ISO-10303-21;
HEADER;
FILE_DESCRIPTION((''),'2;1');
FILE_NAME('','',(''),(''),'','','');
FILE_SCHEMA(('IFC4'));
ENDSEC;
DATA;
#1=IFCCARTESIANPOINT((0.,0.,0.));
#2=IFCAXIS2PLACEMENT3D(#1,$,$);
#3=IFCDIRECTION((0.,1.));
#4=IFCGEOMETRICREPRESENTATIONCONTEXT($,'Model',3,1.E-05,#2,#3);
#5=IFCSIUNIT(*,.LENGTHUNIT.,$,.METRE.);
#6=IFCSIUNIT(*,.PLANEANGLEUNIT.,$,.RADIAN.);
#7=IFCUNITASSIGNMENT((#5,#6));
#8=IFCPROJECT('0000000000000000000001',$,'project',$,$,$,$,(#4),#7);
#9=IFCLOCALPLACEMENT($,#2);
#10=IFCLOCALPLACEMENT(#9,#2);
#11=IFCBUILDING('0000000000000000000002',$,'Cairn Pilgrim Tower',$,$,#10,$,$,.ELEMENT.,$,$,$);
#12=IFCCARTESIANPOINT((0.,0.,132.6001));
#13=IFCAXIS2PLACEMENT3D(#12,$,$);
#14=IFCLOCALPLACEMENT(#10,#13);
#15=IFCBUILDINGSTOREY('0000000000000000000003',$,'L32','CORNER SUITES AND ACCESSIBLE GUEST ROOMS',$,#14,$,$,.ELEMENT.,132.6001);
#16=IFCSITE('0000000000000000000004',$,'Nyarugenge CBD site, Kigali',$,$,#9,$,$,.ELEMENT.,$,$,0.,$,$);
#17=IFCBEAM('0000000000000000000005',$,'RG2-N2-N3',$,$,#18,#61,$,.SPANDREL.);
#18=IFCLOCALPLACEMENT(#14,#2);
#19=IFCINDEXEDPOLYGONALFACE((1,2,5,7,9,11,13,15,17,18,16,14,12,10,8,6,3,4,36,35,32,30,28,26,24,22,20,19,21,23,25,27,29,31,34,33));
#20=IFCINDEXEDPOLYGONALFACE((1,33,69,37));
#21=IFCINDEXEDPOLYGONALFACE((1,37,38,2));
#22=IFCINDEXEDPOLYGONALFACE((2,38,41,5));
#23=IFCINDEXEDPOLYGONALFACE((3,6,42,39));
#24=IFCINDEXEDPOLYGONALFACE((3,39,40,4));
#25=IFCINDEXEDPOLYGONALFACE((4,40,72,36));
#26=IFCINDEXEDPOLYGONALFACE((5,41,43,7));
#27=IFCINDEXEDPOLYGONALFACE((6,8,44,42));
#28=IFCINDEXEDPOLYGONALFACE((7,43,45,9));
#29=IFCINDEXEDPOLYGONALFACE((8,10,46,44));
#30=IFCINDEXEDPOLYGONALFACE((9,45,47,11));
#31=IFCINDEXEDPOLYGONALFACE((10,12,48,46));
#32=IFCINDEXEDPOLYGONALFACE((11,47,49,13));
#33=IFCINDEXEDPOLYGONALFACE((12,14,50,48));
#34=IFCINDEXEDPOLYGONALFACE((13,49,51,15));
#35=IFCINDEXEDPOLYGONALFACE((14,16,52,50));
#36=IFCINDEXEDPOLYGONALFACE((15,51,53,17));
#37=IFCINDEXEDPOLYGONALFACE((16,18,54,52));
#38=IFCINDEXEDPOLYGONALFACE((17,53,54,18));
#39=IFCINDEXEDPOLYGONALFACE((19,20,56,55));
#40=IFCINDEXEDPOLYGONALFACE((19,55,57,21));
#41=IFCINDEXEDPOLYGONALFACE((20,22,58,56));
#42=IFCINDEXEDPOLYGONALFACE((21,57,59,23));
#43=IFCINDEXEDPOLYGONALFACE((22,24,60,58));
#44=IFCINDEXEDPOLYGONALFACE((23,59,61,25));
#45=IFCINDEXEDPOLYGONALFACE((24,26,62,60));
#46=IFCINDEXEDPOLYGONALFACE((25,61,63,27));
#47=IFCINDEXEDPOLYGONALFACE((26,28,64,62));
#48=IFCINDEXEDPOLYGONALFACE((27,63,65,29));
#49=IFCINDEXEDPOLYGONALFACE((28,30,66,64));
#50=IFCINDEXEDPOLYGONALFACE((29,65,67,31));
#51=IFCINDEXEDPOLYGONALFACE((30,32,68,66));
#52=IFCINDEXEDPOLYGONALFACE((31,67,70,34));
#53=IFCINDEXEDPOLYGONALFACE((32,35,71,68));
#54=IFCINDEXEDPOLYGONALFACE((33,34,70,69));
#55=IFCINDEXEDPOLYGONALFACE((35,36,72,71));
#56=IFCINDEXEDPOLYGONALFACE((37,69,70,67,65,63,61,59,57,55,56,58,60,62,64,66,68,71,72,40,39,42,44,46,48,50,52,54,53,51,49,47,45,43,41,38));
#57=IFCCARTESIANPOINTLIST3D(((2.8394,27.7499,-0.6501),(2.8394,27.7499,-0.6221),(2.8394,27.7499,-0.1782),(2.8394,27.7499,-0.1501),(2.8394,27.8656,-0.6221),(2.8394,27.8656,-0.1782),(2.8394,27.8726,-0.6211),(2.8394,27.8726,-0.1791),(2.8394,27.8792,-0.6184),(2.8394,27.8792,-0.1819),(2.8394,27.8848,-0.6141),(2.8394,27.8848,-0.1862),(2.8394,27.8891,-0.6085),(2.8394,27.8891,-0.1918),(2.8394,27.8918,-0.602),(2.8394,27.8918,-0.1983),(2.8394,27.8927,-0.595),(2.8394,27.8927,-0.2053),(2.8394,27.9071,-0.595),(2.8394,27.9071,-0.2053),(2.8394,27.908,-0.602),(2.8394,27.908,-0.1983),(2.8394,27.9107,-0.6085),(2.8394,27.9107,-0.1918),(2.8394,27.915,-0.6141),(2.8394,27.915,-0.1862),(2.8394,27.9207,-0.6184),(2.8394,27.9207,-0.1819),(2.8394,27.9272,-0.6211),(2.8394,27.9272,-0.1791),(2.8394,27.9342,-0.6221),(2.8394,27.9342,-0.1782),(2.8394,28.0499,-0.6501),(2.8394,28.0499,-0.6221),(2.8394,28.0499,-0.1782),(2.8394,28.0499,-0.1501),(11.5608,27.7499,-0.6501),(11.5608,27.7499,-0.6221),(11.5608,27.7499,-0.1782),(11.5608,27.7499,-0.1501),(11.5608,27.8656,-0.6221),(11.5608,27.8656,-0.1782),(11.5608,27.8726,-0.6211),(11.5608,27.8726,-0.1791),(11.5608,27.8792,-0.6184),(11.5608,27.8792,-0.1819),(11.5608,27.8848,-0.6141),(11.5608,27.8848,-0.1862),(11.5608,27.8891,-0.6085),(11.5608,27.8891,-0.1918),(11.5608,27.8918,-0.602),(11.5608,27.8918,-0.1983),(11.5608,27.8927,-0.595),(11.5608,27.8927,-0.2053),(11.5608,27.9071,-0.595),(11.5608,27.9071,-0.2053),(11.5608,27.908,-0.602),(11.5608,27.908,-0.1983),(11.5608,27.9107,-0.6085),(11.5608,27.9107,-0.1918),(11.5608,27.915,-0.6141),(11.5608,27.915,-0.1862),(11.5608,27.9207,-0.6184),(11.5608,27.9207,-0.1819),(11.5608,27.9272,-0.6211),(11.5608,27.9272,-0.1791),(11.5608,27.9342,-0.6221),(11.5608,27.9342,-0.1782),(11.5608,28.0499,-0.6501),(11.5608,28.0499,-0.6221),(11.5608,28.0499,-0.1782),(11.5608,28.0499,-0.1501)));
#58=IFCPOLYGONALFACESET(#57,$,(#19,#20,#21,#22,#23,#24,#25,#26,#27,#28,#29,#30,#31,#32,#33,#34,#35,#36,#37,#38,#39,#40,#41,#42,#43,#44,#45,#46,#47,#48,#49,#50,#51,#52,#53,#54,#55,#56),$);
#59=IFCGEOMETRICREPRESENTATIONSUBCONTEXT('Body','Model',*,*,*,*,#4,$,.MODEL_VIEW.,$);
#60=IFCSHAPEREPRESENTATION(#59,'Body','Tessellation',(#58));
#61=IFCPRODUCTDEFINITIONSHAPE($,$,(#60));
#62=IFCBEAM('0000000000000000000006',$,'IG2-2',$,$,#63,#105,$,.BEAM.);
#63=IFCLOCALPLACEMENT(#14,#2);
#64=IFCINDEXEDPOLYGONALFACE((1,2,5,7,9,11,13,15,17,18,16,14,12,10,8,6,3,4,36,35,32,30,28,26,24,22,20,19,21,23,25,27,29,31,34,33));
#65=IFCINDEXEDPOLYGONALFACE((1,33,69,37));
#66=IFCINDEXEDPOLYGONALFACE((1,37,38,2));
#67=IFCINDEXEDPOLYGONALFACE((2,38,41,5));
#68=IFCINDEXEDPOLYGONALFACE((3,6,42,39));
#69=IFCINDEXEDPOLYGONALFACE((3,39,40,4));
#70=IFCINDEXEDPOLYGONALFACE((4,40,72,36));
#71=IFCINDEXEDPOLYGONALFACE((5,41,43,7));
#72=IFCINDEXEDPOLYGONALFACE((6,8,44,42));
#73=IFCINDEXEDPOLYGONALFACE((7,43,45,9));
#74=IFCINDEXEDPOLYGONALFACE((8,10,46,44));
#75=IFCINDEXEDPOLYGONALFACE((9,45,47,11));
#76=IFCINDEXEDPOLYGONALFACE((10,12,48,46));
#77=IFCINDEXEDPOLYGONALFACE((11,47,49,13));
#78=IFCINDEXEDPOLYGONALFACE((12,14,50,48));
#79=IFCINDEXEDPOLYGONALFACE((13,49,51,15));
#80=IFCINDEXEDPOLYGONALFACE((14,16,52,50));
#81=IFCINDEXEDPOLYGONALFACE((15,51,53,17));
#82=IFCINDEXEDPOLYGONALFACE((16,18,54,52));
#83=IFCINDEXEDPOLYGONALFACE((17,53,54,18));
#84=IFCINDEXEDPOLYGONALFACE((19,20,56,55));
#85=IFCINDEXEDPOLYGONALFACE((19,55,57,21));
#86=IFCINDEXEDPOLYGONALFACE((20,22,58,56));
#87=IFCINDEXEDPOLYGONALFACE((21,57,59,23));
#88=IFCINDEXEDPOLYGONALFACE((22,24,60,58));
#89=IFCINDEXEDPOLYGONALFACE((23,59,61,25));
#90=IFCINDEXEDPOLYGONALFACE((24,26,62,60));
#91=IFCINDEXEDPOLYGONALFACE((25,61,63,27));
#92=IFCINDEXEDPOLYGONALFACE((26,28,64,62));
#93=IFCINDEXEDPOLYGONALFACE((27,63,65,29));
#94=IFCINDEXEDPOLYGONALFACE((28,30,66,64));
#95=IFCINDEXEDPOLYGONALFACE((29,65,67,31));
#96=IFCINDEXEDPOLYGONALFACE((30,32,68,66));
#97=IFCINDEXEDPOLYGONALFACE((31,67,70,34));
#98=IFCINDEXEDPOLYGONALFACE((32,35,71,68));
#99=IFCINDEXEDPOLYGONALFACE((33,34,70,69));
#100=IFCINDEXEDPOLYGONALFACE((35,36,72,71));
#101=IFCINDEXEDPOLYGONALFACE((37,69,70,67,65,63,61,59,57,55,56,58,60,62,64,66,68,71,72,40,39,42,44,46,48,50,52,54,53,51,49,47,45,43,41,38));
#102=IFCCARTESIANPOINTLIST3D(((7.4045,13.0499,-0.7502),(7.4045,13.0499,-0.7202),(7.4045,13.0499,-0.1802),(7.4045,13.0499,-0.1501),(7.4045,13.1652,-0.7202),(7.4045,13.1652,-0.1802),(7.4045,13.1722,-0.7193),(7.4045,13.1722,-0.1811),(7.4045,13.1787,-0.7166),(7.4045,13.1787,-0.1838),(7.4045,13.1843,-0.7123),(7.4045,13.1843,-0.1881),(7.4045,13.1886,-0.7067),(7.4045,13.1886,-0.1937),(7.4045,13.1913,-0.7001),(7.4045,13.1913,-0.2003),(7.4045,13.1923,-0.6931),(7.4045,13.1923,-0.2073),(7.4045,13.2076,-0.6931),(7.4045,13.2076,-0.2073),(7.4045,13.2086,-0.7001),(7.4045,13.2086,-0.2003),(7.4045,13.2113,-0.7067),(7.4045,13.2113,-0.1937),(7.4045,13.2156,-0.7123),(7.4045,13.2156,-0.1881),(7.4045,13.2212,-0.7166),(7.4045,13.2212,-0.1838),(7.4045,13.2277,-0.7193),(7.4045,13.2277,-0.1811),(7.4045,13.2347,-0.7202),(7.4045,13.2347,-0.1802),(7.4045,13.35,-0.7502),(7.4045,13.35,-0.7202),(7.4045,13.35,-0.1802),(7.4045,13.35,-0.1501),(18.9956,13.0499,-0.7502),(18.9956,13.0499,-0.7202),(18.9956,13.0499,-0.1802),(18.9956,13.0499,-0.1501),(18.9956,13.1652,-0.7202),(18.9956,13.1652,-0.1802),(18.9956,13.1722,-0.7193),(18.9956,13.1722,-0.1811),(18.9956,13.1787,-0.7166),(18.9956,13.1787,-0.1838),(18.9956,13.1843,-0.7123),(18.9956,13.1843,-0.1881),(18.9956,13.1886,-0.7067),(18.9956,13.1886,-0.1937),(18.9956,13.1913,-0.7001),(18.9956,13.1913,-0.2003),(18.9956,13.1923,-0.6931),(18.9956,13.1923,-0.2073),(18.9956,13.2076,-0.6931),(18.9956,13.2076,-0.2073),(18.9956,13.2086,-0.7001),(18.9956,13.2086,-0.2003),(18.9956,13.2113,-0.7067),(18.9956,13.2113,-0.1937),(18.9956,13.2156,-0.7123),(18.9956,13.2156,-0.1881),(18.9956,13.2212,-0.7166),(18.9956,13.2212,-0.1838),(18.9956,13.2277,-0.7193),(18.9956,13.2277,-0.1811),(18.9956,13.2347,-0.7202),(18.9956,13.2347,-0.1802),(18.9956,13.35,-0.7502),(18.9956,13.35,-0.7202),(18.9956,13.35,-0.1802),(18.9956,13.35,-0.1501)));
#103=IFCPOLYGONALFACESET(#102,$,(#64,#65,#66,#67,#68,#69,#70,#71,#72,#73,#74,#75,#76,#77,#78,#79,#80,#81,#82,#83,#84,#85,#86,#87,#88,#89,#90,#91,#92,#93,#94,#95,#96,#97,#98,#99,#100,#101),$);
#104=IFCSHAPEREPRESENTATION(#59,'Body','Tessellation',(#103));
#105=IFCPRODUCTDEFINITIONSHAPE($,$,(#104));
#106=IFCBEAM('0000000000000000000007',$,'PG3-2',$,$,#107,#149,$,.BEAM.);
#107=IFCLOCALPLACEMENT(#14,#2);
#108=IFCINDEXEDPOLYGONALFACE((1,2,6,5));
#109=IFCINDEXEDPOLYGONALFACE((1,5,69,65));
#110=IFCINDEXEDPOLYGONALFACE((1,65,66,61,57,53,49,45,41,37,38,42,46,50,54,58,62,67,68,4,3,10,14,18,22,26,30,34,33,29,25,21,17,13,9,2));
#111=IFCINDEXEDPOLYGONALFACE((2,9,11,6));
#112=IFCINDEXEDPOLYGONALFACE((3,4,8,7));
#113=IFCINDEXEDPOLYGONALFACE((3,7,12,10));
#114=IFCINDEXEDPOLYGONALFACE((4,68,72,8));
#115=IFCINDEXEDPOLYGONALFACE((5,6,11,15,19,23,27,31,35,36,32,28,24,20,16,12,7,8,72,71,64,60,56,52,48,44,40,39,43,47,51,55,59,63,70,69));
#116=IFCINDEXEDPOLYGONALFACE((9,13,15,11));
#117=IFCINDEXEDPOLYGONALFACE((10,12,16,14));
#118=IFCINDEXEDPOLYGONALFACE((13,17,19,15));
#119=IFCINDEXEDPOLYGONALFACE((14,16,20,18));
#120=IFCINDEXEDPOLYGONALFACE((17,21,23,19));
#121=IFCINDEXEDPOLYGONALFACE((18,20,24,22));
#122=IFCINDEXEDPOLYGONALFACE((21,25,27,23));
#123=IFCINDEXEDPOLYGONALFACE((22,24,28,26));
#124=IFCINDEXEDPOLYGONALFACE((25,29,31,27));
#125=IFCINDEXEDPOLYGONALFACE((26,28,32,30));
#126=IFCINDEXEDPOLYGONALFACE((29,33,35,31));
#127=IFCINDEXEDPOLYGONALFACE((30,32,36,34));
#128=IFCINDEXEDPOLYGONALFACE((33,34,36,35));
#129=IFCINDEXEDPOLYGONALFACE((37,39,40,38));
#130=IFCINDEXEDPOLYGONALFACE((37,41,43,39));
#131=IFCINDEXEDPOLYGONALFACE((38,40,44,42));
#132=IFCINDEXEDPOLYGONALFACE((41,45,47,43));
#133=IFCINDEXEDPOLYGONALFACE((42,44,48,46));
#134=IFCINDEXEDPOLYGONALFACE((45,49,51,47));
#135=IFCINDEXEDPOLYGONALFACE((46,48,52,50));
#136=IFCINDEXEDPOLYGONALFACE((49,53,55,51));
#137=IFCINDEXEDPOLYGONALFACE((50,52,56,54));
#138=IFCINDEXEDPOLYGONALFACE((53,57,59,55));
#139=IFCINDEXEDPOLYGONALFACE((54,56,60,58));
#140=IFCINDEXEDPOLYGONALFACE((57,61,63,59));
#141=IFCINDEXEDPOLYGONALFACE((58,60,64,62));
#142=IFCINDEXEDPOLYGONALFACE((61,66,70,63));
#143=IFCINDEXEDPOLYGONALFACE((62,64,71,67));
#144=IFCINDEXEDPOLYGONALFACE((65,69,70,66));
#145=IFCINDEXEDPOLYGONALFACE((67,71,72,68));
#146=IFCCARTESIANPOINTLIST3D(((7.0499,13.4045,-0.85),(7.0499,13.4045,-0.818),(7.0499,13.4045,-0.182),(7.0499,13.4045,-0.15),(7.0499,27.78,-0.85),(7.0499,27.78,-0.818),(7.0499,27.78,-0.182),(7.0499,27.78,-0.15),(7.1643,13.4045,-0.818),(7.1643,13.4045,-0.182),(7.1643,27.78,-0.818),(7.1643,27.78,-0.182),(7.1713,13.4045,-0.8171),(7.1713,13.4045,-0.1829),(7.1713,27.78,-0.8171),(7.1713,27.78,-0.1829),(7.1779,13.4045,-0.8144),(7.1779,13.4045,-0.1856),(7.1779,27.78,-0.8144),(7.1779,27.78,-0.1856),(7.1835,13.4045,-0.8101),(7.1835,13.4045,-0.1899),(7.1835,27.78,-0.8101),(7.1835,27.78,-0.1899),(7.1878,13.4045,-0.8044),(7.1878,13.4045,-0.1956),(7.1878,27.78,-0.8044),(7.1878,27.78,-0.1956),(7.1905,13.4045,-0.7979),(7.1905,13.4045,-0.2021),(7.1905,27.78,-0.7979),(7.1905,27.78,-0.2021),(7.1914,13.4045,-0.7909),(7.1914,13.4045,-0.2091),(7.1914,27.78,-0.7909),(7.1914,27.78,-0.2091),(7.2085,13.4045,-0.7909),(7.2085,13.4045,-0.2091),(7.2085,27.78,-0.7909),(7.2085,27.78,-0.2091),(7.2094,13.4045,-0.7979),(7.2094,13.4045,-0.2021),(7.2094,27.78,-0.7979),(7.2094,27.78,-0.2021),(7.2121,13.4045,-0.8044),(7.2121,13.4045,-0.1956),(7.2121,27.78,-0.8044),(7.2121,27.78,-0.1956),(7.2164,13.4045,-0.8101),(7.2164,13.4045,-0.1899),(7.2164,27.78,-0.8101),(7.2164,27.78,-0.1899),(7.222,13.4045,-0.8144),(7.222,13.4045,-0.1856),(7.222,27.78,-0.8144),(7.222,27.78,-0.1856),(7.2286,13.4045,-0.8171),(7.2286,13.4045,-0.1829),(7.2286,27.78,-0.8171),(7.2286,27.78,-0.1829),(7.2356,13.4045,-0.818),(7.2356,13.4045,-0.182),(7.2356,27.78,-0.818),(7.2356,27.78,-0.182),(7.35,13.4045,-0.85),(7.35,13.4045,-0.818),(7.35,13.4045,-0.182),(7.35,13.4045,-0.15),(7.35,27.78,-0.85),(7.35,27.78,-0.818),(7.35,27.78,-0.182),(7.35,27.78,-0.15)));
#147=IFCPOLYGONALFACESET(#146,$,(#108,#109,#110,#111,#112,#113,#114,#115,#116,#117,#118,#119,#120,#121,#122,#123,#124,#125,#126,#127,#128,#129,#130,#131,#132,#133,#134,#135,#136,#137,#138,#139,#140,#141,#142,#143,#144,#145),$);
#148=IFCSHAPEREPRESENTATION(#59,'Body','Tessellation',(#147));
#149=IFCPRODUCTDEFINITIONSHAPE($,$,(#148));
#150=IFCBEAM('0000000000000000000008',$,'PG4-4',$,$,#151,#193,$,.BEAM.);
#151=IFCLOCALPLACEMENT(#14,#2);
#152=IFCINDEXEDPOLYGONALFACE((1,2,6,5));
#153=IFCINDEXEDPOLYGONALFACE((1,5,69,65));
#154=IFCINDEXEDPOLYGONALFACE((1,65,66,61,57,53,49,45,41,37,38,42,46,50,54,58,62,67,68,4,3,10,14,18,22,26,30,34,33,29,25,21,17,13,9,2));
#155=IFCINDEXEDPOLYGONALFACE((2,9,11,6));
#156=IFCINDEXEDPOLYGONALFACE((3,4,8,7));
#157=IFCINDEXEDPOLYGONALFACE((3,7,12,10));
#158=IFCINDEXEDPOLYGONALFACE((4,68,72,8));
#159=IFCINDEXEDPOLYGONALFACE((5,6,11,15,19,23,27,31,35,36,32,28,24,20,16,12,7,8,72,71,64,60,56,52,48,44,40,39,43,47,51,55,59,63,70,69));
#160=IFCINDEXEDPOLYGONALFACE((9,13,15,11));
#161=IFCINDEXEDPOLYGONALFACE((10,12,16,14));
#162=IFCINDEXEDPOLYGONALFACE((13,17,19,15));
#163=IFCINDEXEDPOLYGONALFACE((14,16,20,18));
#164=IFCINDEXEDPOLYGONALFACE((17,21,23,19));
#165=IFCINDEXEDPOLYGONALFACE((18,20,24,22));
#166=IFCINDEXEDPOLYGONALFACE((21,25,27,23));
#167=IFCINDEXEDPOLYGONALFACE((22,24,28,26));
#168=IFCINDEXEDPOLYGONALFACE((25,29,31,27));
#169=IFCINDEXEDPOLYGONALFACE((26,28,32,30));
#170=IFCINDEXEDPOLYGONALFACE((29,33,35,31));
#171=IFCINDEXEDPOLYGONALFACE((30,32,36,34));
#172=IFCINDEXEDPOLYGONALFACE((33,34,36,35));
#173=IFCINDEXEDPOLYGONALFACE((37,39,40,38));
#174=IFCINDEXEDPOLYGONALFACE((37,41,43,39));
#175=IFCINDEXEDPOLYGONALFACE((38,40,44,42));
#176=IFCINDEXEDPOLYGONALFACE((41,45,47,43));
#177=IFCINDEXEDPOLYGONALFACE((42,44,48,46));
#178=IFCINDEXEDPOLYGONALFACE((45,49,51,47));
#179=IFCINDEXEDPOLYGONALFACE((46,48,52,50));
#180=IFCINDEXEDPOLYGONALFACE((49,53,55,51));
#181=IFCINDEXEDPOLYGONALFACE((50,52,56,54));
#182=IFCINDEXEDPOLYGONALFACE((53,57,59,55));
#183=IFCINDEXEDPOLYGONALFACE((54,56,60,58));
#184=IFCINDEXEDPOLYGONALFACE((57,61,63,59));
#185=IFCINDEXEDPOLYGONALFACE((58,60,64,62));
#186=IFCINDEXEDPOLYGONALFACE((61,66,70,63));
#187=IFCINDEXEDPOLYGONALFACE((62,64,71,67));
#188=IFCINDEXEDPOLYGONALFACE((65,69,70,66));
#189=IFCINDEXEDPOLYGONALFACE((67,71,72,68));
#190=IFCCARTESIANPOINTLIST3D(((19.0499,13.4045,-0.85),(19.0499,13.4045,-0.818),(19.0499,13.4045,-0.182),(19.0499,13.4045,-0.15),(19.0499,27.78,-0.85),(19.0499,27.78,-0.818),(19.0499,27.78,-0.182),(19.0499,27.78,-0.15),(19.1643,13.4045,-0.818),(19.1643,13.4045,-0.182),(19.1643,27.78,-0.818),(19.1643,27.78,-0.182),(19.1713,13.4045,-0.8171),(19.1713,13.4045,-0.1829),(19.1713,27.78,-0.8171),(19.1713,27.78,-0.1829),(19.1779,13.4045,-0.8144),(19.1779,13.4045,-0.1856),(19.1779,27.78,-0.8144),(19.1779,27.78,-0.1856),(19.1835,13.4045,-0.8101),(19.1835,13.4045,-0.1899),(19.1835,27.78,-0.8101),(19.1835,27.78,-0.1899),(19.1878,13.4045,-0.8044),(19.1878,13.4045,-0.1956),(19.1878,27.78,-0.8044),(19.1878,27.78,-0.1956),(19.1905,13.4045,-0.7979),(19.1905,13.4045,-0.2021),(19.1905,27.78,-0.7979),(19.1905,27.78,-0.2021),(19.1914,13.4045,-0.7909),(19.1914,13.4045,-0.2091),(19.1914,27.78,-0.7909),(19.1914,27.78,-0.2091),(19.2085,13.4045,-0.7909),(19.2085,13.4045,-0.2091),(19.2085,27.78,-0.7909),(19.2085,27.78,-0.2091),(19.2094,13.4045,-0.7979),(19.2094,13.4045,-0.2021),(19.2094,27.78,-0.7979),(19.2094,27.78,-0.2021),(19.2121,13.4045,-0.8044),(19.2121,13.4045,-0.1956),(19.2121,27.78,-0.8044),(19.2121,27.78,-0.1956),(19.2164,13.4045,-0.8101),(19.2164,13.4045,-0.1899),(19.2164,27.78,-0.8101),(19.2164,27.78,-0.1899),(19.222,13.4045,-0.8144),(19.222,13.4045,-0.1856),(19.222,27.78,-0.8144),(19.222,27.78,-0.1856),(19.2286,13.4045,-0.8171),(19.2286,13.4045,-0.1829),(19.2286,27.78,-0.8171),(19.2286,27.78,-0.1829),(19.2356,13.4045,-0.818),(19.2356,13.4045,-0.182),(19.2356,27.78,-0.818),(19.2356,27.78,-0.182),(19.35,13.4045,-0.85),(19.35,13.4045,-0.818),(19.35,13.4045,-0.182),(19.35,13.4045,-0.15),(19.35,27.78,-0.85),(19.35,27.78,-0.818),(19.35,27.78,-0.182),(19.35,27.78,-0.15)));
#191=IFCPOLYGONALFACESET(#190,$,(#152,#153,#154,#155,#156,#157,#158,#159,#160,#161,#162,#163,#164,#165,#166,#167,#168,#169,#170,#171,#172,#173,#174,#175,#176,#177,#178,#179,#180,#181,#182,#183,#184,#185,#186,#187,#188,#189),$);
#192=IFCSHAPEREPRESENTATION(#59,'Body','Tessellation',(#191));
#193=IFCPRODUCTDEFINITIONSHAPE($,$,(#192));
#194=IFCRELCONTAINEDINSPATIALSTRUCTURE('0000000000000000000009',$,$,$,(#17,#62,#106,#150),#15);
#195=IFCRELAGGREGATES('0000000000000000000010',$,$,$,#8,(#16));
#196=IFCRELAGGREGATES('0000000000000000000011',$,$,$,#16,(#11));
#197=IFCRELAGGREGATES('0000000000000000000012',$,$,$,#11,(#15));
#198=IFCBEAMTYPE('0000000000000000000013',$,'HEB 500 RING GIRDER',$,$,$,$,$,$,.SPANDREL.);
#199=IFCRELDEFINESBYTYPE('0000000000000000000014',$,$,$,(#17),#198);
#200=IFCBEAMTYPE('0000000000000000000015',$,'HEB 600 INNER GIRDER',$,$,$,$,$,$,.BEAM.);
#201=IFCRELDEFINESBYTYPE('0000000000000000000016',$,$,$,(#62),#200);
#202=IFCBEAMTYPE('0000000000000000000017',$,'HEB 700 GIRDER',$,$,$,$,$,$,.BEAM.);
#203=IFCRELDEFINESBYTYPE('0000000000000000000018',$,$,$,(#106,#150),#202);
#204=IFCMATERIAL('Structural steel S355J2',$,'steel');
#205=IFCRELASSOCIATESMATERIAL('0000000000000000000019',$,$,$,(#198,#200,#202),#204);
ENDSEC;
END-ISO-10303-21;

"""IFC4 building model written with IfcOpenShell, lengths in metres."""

from ifc_helpers import new_model, si_unit, direction, frame, origin, origin_2d, place, context, subcontext, project, spatial, i_section, extrude, material, material_profile, profile_set, type_object, element, save


model = new_model("IFC4")

# Units and contexts
model_context = context("Model", 3, precision=1e-05, world=origin(), true_north=direction((0.0, 1.0)))
body_context = subcontext(model_context, "Body", "Model", "MODEL_VIEW")
ifc_project = project(units=[si_unit("LENGTHUNIT", "METRE"), si_unit("PLANEANGLEUNIT", "RADIAN")], contexts=[model_context])

# Site, building, storey
site_placement = place(None, origin())
site = spatial("IfcSite", under=ifc_project, at=site_placement, Name="Nyarugenge CBD site, Kigali", CompositionType="ELEMENT", RefElevation=0.0)
building_placement = place(site_placement, origin())
building = spatial("IfcBuilding", under=site, at=building_placement, Name="Cairn Pilgrim Tower", CompositionType="ELEMENT")
storey_placement = place(building_placement, frame((0.0, 0.0, 132.6001)))
storey = spatial("IfcBuildingStorey", under=building, at=storey_placement, Name="L32", Description="CORNER SUITES AND ACCESSIBLE GUEST ROOMS", CompositionType="ELEMENT", Elevation=132.6001)

# Beams
ifc_material_1 = material(Name="Structural steel S355J2", Category="steel")
ifc_material_profile_1 = material_profile(ifc_material_1, i_section(OverallWidth=0.3, OverallDepth=0.5, WebThickness=0.0144, FlangeThickness=0.0281, FilletRadius=0.0271, at=origin_2d()), Name="HEB 500")
ifc_profile_set_1 = profile_set([ifc_material_profile_1], Name="Structural steel S355J2")
beam_type_1 = type_object("IfcBeamType", Name="HEB 500 RING GIRDER", PredefinedType="SPANDREL", material=ifc_profile_set_1)
for number, where, z_axis, x_axis, name in (
    (1, (11.5608, 27.8999, -0.4001), (-1.0, 0.0, 0.0), (0.0, -1.0, 0.0), "RG2-N2-N3"),
):
    element("IfcBeam", number, at=place(storey_placement, frame(where, z_axis=z_axis, x_axis=x_axis)), inside=storey, type_object=beam_type_1, Name=name, PredefinedType="SPANDREL", context=body_context, shape_type="SweptSolid", body=[
        extrude(i_section(OverallWidth=0.3, OverallDepth=0.5, WebThickness=0.0144, FlangeThickness=0.0281, FilletRadius=0.0271, at=origin_2d()), origin(), (0.0, 0.0, 1.0), 8.7214),
    ])
ifc_material_profile_2 = material_profile(ifc_material_1, i_section(OverallWidth=0.3, OverallDepth=0.6001, WebThickness=0.0154, FlangeThickness=0.03, FilletRadius=0.0271, at=origin_2d()), Name="HEB 600")
ifc_profile_set_2 = profile_set([ifc_material_profile_2], Name="Structural steel S355J2")
beam_type_2 = type_object("IfcBeamType", Name="HEB 600 INNER GIRDER", PredefinedType="BEAM", material=ifc_profile_set_2)
beam_1_placement = place(storey_placement, frame((7.4045, 13.2, -0.4502), z_axis=(1.0, 0.0, 0.0), x_axis=(0.0, 1.0, 0.0)))
element("IfcBeam", 2, at=beam_1_placement, inside=storey, type_object=beam_type_2, Name="IG2-2", PredefinedType="BEAM", context=body_context, shape_type="SweptSolid", body=[
    extrude(i_section(OverallWidth=0.3, OverallDepth=0.6001, WebThickness=0.0154, FlangeThickness=0.03, FilletRadius=0.0271, at=origin_2d()), origin(), (0.0, 0.0, 1.0), 11.5911),
])
ifc_material_profile_3 = material_profile(ifc_material_1, i_section(OverallWidth=0.3, OverallDepth=0.7, WebThickness=0.0171, FlangeThickness=0.032, FilletRadius=0.0271, at=origin_2d()), Name="HEB 700")
ifc_profile_set_3 = profile_set([ifc_material_profile_3], Name="Structural steel S355J2")
beam_type_3 = type_object("IfcBeamType", Name="HEB 700 GIRDER", PredefinedType="BEAM", material=ifc_profile_set_3)
for number, where, z_axis, x_axis, name in (
    (3, (7.2, 13.4045, -0.5), (0.0, 1.0, 0.0), (-1.0, 0.0, 0.0), "PG3-2"),
    (4, (19.2, 13.4045, -0.5), (0.0, 1.0, 0.0), (-1.0, 0.0, 0.0), "PG4-4"),
):
    element("IfcBeam", number, at=place(storey_placement, frame(where, z_axis=z_axis, x_axis=x_axis)), inside=storey, type_object=beam_type_3, Name=name, PredefinedType="BEAM", context=body_context, shape_type="SweptSolid", body=[
        extrude(i_section(OverallWidth=0.3, OverallDepth=0.7, WebThickness=0.0171, FlangeThickness=0.032, FilletRadius=0.0271, at=origin_2d()), origin(), (0.0, 0.0, 1.0), 14.3755),
    ])

save(model, "model.ifc")
